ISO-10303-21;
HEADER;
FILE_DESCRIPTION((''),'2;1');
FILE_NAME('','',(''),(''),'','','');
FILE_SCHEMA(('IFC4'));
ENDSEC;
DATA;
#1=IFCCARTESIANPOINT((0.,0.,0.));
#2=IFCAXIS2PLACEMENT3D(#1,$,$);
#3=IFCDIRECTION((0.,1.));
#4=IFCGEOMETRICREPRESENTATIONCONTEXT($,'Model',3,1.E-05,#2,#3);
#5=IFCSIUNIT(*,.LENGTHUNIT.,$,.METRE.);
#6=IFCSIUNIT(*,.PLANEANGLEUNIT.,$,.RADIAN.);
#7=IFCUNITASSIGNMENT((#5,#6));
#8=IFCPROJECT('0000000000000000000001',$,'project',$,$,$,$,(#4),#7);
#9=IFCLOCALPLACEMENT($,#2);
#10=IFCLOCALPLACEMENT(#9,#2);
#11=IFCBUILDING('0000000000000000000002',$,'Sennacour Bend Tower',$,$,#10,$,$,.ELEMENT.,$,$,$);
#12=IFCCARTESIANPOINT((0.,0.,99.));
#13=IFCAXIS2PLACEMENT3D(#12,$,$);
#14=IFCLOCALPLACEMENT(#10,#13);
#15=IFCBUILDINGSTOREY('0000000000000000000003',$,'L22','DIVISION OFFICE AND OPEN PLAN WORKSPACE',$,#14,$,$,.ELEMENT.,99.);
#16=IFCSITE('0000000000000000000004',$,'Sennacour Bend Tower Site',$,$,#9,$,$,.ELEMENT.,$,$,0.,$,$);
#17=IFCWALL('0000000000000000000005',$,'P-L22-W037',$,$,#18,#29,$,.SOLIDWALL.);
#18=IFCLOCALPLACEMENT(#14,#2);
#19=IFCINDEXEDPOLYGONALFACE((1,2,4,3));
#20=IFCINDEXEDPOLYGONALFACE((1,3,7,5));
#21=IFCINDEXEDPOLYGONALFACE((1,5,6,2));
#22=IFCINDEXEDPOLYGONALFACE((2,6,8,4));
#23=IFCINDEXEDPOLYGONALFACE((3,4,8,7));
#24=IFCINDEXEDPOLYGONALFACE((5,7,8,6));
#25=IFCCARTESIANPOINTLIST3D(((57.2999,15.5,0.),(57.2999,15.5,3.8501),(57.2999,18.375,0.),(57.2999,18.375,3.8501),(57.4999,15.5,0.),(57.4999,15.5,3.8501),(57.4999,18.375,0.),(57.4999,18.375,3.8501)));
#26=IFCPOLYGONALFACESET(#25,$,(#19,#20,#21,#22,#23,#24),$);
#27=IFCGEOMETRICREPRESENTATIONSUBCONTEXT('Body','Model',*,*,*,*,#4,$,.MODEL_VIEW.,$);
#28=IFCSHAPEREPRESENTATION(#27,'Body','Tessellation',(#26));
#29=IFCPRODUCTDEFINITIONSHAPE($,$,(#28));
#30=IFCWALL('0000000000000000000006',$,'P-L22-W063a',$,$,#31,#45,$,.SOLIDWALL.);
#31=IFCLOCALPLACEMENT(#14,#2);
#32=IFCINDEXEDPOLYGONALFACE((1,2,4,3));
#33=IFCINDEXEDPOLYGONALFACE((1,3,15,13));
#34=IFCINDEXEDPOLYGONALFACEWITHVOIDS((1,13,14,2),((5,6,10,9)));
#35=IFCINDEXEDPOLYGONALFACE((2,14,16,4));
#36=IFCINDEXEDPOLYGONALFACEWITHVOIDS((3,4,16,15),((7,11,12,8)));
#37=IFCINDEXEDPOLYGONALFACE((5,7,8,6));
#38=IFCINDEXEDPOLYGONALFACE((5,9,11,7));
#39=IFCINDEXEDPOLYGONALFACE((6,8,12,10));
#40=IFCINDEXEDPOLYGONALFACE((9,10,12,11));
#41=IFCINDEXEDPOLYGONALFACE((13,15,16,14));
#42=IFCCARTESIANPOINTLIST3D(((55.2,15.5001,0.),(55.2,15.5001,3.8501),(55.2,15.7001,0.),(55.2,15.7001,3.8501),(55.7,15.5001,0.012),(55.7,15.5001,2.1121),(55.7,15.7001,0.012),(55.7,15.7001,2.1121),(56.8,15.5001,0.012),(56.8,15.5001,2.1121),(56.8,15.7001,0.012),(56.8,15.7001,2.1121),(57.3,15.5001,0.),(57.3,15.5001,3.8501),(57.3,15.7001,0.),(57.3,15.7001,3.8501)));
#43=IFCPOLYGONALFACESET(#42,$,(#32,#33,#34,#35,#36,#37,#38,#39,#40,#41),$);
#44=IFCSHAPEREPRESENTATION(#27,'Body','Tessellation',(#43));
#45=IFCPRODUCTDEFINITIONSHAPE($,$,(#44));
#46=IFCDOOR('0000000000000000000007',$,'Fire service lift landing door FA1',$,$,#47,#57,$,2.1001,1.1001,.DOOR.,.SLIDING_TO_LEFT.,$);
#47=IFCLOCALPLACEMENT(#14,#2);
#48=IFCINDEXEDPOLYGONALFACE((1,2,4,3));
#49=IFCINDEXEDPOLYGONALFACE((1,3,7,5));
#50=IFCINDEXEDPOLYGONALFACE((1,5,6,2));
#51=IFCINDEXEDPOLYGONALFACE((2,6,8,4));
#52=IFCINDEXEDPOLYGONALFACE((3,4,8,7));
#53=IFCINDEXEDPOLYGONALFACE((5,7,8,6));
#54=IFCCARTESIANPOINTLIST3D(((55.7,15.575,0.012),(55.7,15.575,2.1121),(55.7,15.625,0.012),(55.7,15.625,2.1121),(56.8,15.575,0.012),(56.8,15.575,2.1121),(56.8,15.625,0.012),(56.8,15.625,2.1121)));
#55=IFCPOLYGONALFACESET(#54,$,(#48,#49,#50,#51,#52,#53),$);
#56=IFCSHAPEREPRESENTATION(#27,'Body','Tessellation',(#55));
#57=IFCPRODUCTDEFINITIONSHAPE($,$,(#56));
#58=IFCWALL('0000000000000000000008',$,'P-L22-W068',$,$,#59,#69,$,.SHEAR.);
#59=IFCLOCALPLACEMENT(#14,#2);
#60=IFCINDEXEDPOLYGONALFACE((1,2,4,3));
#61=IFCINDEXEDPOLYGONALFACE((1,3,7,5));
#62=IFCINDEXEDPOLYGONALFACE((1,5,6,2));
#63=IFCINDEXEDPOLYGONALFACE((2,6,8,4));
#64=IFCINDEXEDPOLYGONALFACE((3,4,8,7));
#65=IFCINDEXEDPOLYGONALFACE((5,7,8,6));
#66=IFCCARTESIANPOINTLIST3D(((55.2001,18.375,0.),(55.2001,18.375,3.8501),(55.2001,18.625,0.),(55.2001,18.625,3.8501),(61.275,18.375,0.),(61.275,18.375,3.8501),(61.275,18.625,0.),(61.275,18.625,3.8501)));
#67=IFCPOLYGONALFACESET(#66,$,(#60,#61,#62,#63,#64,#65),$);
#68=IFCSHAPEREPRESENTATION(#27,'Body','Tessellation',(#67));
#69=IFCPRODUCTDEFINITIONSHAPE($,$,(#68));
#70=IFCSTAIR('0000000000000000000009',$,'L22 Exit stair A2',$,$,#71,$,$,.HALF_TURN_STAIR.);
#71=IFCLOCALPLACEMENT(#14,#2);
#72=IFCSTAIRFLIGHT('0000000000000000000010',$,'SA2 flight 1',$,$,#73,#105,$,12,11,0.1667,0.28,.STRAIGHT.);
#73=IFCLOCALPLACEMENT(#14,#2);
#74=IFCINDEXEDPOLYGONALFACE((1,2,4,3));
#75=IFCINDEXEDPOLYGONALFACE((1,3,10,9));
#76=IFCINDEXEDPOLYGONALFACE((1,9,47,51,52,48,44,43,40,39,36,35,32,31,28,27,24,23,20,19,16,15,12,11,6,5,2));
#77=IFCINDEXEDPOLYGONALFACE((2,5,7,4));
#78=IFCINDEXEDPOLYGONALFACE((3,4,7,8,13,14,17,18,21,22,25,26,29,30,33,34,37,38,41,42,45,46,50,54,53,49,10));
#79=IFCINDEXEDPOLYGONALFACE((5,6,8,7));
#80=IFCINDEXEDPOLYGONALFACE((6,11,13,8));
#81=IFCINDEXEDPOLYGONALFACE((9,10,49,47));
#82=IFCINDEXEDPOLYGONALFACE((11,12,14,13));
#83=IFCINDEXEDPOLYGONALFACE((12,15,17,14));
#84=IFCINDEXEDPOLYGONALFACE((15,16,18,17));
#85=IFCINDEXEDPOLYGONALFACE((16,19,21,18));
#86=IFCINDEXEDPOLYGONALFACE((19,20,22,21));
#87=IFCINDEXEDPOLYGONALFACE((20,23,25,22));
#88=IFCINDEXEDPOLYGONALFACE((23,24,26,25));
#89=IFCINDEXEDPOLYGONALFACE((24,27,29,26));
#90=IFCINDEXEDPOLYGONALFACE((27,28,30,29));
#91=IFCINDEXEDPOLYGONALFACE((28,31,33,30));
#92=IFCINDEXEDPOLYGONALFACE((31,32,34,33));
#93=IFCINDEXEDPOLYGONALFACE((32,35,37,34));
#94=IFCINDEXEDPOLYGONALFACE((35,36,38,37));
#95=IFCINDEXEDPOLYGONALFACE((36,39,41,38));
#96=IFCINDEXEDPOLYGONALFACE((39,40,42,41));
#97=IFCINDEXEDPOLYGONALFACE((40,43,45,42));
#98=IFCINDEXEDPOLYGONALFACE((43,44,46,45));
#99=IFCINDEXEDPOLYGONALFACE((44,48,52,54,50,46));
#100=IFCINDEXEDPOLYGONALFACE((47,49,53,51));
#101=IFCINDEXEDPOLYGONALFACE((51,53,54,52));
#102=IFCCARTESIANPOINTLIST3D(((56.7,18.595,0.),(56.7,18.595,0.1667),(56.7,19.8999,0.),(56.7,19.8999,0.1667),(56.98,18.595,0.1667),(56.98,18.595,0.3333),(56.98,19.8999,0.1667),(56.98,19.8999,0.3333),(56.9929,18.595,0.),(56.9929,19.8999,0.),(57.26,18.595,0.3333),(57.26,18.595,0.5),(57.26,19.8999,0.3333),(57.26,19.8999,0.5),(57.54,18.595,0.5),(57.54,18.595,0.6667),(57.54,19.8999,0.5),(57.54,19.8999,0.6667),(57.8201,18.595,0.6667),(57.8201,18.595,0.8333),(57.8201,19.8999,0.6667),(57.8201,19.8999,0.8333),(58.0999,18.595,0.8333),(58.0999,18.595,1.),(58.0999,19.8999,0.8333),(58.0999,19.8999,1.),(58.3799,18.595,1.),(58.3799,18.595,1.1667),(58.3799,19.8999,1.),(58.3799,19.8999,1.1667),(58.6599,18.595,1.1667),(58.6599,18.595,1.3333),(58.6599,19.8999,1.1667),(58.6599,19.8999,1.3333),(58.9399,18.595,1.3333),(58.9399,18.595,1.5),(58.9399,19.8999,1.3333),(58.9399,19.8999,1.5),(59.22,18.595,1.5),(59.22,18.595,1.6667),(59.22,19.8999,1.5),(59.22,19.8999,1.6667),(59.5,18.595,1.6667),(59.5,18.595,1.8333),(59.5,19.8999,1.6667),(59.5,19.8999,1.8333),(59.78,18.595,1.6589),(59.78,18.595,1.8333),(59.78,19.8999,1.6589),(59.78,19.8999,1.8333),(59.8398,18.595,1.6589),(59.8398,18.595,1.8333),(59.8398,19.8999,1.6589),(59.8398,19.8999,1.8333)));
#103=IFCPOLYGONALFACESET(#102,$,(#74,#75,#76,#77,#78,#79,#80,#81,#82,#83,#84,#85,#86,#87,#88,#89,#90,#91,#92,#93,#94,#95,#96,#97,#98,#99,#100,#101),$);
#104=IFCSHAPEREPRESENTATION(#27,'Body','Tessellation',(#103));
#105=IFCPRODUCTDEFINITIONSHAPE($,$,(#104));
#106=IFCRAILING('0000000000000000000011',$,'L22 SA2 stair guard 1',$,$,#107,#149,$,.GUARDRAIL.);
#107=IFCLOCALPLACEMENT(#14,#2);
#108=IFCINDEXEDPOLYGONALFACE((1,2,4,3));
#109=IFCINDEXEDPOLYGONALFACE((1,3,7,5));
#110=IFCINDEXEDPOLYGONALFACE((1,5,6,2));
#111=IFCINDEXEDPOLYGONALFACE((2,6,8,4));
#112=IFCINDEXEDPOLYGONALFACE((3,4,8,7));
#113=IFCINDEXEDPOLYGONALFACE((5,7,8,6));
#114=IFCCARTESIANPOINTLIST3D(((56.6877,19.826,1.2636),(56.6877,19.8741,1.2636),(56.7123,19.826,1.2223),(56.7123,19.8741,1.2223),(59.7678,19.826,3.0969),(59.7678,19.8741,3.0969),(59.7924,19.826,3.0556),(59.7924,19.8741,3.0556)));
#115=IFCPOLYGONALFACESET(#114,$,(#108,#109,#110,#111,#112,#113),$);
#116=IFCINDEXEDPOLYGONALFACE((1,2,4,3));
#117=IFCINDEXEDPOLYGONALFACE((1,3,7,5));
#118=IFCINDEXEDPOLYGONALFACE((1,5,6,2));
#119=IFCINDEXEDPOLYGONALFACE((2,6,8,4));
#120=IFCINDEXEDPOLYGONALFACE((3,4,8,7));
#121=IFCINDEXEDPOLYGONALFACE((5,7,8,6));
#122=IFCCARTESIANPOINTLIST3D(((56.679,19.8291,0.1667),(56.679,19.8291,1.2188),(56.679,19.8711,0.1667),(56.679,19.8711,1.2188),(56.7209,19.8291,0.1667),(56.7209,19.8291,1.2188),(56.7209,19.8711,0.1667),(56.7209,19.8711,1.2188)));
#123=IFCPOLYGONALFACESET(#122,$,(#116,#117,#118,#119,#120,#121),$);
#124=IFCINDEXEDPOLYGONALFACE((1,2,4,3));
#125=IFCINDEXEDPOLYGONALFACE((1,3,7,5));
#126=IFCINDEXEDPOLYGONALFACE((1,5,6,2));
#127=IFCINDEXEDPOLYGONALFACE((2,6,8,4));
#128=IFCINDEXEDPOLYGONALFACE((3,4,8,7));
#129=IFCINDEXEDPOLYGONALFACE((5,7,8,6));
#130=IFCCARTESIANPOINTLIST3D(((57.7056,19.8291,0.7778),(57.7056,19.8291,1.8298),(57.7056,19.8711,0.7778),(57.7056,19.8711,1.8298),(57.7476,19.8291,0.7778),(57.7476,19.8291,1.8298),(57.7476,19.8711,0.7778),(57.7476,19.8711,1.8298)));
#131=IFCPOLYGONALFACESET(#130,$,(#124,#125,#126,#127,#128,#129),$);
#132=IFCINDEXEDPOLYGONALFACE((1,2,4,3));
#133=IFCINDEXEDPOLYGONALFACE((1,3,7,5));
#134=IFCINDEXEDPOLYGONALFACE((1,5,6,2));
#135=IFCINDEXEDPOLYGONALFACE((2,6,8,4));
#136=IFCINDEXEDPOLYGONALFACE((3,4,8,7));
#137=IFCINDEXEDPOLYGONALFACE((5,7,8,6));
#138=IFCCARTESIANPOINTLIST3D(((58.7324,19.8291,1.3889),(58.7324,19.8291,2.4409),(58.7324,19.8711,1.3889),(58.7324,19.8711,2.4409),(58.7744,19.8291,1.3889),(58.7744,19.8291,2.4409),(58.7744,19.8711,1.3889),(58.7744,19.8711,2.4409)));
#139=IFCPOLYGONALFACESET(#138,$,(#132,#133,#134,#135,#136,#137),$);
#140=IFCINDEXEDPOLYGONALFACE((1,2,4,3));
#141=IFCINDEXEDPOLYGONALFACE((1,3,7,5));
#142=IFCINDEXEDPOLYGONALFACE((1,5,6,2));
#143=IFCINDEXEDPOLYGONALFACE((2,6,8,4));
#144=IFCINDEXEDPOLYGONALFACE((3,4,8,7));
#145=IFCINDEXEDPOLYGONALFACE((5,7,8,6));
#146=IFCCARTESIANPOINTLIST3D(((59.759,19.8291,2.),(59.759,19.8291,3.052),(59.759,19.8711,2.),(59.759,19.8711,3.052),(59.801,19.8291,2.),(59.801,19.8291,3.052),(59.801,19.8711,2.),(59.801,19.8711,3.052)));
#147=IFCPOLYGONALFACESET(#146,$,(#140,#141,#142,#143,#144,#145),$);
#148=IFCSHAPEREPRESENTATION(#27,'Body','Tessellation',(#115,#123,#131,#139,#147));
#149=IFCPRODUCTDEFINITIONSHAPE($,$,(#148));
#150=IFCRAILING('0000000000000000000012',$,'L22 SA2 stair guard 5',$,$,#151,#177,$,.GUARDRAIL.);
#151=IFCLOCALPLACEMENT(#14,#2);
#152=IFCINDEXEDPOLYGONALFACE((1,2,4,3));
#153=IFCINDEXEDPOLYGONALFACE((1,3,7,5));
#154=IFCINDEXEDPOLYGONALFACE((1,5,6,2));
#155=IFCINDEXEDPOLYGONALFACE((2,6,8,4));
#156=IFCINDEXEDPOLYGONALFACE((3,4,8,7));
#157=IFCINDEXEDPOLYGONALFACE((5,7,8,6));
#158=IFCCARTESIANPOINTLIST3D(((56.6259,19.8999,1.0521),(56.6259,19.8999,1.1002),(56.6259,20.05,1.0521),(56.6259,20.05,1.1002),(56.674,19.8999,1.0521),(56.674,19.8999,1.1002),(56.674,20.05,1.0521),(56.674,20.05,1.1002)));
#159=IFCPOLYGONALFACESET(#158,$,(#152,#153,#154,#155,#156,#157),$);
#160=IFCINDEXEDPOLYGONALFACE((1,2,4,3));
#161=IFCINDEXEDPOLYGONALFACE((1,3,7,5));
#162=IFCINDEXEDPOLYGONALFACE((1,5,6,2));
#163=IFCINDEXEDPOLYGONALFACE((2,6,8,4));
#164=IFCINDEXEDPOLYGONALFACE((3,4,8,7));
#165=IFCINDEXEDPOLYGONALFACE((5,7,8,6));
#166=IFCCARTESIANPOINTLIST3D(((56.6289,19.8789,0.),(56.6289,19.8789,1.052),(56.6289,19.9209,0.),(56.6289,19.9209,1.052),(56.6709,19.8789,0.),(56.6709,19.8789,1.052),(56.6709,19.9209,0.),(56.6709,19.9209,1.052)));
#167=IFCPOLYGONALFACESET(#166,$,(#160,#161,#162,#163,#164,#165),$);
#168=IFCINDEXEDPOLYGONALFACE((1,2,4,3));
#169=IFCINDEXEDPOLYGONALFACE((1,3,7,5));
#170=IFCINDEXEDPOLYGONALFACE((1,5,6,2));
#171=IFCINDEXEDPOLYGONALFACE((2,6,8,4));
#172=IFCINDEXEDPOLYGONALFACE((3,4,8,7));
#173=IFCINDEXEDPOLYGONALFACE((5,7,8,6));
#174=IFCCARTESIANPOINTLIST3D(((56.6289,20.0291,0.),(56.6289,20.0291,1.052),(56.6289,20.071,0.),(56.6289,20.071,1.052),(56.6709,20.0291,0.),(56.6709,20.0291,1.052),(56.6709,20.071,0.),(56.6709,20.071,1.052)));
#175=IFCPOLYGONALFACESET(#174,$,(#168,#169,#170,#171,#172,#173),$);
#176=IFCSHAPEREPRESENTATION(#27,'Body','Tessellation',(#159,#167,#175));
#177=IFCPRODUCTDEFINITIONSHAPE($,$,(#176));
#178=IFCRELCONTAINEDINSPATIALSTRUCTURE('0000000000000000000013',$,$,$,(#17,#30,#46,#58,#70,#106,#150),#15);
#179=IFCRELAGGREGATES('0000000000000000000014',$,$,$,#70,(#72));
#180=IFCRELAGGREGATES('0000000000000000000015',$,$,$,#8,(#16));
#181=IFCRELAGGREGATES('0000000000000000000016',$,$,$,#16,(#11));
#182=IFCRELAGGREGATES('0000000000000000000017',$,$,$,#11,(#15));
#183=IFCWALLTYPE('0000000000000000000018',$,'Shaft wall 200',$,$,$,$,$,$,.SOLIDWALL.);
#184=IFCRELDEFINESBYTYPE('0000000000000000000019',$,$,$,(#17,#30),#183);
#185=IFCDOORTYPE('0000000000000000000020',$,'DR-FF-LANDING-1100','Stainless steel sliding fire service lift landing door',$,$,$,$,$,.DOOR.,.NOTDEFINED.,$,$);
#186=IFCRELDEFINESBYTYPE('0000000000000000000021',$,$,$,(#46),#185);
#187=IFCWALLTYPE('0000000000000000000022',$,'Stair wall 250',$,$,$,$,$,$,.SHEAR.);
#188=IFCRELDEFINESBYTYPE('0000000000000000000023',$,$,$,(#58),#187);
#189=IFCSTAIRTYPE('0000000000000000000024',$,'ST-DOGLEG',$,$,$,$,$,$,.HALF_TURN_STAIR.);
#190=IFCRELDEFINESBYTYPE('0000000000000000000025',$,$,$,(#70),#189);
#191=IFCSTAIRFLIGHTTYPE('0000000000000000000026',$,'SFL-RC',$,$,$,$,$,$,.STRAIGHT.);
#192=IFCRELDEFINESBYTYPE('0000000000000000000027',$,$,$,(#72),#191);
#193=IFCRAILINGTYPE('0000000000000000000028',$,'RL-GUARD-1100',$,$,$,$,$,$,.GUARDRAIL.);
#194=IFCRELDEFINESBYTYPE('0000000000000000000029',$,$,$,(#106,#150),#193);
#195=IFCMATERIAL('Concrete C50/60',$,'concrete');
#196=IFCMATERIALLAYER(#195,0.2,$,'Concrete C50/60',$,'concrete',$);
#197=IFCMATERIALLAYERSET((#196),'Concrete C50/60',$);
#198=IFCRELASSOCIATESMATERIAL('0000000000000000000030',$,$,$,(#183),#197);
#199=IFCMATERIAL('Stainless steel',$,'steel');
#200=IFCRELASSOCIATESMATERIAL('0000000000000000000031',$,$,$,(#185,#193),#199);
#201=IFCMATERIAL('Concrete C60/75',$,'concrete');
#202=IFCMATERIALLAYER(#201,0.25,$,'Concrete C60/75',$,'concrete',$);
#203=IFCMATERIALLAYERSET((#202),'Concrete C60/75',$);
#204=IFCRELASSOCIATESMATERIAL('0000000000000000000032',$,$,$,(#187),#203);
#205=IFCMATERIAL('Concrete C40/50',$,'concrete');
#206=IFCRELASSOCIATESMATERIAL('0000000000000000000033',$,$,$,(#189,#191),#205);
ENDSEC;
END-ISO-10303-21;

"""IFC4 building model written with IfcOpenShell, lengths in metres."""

from ifc_helpers import new_model, si_unit, direction, frame, frame_2d, origin, origin_2d, place, context, subcontext, project, spatial, polyline, rectangle, outline, extrude, material, layer, layer_set, type_object, element, fill, aggregate, save


model = new_model("IFC4")

# Units and contexts
model_context = context("Model", 3, precision=1e-05, world=origin(), true_north=direction((0.0, 1.0)))
body_context = subcontext(model_context, "Body", "Model", "MODEL_VIEW")
ifc_project = project(units=[si_unit("LENGTHUNIT", "METRE"), si_unit("PLANEANGLEUNIT", "RADIAN")], contexts=[model_context])

# Site, building, storey
site_placement = place(None, origin())
site = spatial("IfcSite", under=ifc_project, at=site_placement, Name="Sennacour Bend Tower Site", CompositionType="ELEMENT", RefElevation=0.0)
building_placement = place(site_placement, origin())
building = spatial("IfcBuilding", under=site, at=building_placement, Name="Sennacour Bend Tower", CompositionType="ELEMENT")
storey_placement = place(building_placement, frame((0.0, 0.0, 99.0)))
storey = spatial("IfcBuildingStorey", under=building, at=storey_placement, Name="L22", Description="DIVISION OFFICE AND OPEN PLAN WORKSPACE", CompositionType="ELEMENT", Elevation=99.0)

# Wall
ifc_material_1 = material(Name="Concrete C50/60", Category="concrete")
ifc_layer_1 = layer(ifc_material_1, 0.2, Name="Concrete C50/60", Category="concrete")
ifc_layer_set_1 = layer_set([ifc_layer_1], Name="Concrete C50/60")
wall_type_1 = type_object("IfcWallType", Name="Shaft wall 200", PredefinedType="SOLIDWALL", material=ifc_layer_set_1)
wall_1_placement = place(storey_placement, frame((57.3999, 15.5, 0.0), z_axis=(0.0, 0.0, 1.0), x_axis=(0.0, 1.0, 0.0)))
element("IfcWall", 1, at=wall_1_placement, inside=storey, type_object=wall_type_1, Name="P-L22-W037", PredefinedType="SOLIDWALL", context=body_context, shape_type="SweptSolid", body=[
    extrude(rectangle(XDim=2.875, YDim=0.2, at=frame_2d((1.4375, 0.0))), origin(), (0.0, 0.0, 1.0), 3.8501),
])

# Wall, opening, door
wall_2_placement = place(storey_placement, frame((55.2, 15.6001, 0.0), z_axis=(0.0, 0.0, 1.0), x_axis=(1.0, 0.0, 0.0)))
wall_2 = element("IfcWall", 2, at=wall_2_placement, inside=storey, type_object=wall_type_1, Name="P-L22-W063a", PredefinedType="SOLIDWALL", context=body_context, shape_type="SweptSolid", body=[
    extrude(rectangle(XDim=2.1001, YDim=0.2, at=frame_2d((1.05, 0.0))), origin(), (0.0, 0.0, 1.0), 3.8501),
])
opening_1_placement = place(wall_2_placement, frame((0.5, 0.0, 0.012)))
opening_1 = element("IfcOpeningElement", 3, at=opening_1_placement, cuts=wall_2, PredefinedType="OPENING", context=body_context, shape_type="SweptSolid", body=[
    extrude(rectangle(XDim=1.1001, YDim=2.1001, at=frame_2d((0.55, 1.05))), frame((0.0, 0.1099, 0.0), z_axis=(0.0, -1.0, 0.0), x_axis=(1.0, 0.0, 0.0)), (0.0, 0.0, 1.0), 0.22),
])
ifc_material_2 = material(Name="Stainless steel", Category="steel")
door_type_1 = type_object("IfcDoorType", Name="DR-FF-LANDING-1100", Description="Stainless steel sliding fire service lift landing door", OperationType="NOTDEFINED", PredefinedType="DOOR", material=ifc_material_2)
door_1_placement = place(opening_1_placement, origin())
door_1 = element("IfcDoor", 4, at=door_1_placement, inside=storey, type_object=door_type_1, Name="Fire service lift landing door FA1", OperationType="SLIDING_TO_LEFT", OverallHeight=2.1001, OverallWidth=1.1001, PredefinedType="DOOR", context=body_context, shape_type="SweptSolid", body=[
    extrude(rectangle(XDim=1.1001, YDim=2.1001, at=frame_2d((0.55, 1.05))), frame((0.0, 0.0249, 0.0), z_axis=(0.0, -1.0, 0.0), x_axis=(1.0, 0.0, 0.0)), (0.0, 0.0, 1.0), 0.05),
])
fill(opening_1, door_1)

# Wall
ifc_material_3 = material(Name="Concrete C60/75", Category="concrete")
ifc_layer_2 = layer(ifc_material_3, 0.25, Name="Concrete C60/75", Category="concrete")
ifc_layer_set_2 = layer_set([ifc_layer_2], Name="Concrete C60/75")
wall_type_2 = type_object("IfcWallType", Name="Stair wall 250", PredefinedType="SHEAR", material=ifc_layer_set_2)
wall_3_placement = place(storey_placement, frame((55.2, 18.5, 0.0), z_axis=(0.0, 0.0, 1.0), x_axis=(1.0, 0.0, 0.0)))
element("IfcWall", 5, at=wall_3_placement, inside=storey, type_object=wall_type_2, Name="P-L22-W068", PredefinedType="SHEAR", context=body_context, shape_type="SweptSolid", body=[
    extrude(rectangle(XDim=6.075, YDim=0.25, at=frame_2d((3.0376, 0.0))), origin(), (0.0, 0.0, 1.0), 3.8501),
])

# Stair, stair flight
ifc_material_4 = material(Name="Concrete C40/50", Category="concrete")
stair_type = type_object("IfcStairType", Name="ST-DOGLEG", PredefinedType="HALF_TURN_STAIR", material=ifc_material_4)
stair_placement = place(storey_placement, origin())
stair = element("IfcStair", 6, at=stair_placement, inside=storey, type_object=stair_type, Name="L22 Exit stair A2", PredefinedType="HALF_TURN_STAIR")
stair_flight_type = type_object("IfcStairFlightType", Name="SFL-RC", PredefinedType="STRAIGHT", material=ifc_material_4)
stair_flight_placement = place(storey_placement, frame((56.7, 19.2476, 0.0), z_axis=(0.0, 0.0, 1.0), x_axis=(1.0, 0.0, 0.0)))
stair_flight = element("IfcStairFlight", 7, at=stair_flight_placement, type_object=stair_flight_type, Name="SA2 flight 1", NumberOfRisers=12, NumberOfTreads=11, PredefinedType="STRAIGHT", RiserHeight=0.1667, TreadLength=0.28, context=body_context, shape_type="SweptSolid", body=[
    extrude(outline(polyline([(0.0, 0.0), (0.0, 0.1667), (0.28, 0.1667), (0.28, 0.3333), (0.5601, 0.3333), (0.5601, 0.5), (0.8401, 0.5), (0.8401, 0.6667), (1.1201, 0.6667), (1.1201, 0.8333), (1.3999, 0.8333), (1.3999, 1.0), (1.6799, 1.0), (1.6799, 1.1667), (1.96, 1.1667), (1.96, 1.3333), (2.24, 1.3333), (2.24, 1.5), (2.52, 1.5), (2.52, 1.6667), (2.8, 1.6667), (2.8, 1.8333), (3.0801, 1.8333), (3.1399, 1.8333), (3.1399, 1.6589), (3.0801, 1.6589), (0.293, 0.0), (0.0, 0.0)])), frame((0.0, 0.6523, 0.0), z_axis=(0.0, -1.0, 0.0), x_axis=(1.0, 0.0, 0.0)), (0.0, 0.0, 1.0), 1.3049),
])
aggregate(stair, [stair_flight])

# Railings
railing_type_1 = type_object("IfcRailingType", Name="RL-GUARD-1100", PredefinedType="GUARDRAIL", material=ifc_material_2)
railing_1_placement = place(storey_placement, frame((56.7, 19.8501, 0.1667)))
element("IfcRailing", 8, at=railing_1_placement, inside=storey, type_object=railing_type_1, Name="L22 SA2 stair guard 1", PredefinedType="GUARDRAIL", context=body_context, shape_type="SweptSolid", body=[
    extrude(rectangle(XDim=0.0481, YDim=0.0481, at=origin_2d()), frame((0.0, 0.0, 1.0762), z_axis=(0.859309, 0.0, 0.511458), x_axis=(0.0, 1.0, 0.0)), (0.0, 0.0, 1.0), 3.5845),
    extrude(rectangle(XDim=0.042, YDim=0.042, at=origin_2d()), origin(), (0.0, 0.0, 1.0), 1.052),
    extrude(rectangle(XDim=0.042, YDim=0.042, at=origin_2d()), frame((1.0266, 0.0, 0.6111)), (0.0, 0.0, 1.0), 1.052),
    extrude(rectangle(XDim=0.042, YDim=0.042, at=origin_2d()), frame((2.0535, 0.0, 1.2222)), (0.0, 0.0, 1.0), 1.052),
    extrude(rectangle(XDim=0.042, YDim=0.042, at=origin_2d()), frame((3.0801, 0.0, 1.8333)), (0.0, 0.0, 1.0), 1.052),
])
railing_2_placement = place(storey_placement, frame((56.6499, 19.8999, 0.0)))
element("IfcRailing", 9, at=railing_2_placement, inside=storey, type_object=railing_type_1, Name="L22 SA2 stair guard 5", PredefinedType="GUARDRAIL", context=body_context, shape_type="SweptSolid", body=[
    extrude(rectangle(XDim=0.0481, YDim=0.0481, at=origin_2d()), frame((0.0, 0.0, 1.0762), z_axis=(0.0, 1.0, 0.0), x_axis=(-1.0, 0.0, 0.0)), (0.0, 0.0, 1.0), 0.1501),
    extrude(rectangle(XDim=0.042, YDim=0.042, at=origin_2d()), origin(), (0.0, 0.0, 1.0), 1.052),
    extrude(rectangle(XDim=0.042, YDim=0.042, at=origin_2d()), frame((0.0, 0.1501, 0.0)), (0.0, 0.0, 1.0), 1.052),
])

save(model, "model.ifc")
